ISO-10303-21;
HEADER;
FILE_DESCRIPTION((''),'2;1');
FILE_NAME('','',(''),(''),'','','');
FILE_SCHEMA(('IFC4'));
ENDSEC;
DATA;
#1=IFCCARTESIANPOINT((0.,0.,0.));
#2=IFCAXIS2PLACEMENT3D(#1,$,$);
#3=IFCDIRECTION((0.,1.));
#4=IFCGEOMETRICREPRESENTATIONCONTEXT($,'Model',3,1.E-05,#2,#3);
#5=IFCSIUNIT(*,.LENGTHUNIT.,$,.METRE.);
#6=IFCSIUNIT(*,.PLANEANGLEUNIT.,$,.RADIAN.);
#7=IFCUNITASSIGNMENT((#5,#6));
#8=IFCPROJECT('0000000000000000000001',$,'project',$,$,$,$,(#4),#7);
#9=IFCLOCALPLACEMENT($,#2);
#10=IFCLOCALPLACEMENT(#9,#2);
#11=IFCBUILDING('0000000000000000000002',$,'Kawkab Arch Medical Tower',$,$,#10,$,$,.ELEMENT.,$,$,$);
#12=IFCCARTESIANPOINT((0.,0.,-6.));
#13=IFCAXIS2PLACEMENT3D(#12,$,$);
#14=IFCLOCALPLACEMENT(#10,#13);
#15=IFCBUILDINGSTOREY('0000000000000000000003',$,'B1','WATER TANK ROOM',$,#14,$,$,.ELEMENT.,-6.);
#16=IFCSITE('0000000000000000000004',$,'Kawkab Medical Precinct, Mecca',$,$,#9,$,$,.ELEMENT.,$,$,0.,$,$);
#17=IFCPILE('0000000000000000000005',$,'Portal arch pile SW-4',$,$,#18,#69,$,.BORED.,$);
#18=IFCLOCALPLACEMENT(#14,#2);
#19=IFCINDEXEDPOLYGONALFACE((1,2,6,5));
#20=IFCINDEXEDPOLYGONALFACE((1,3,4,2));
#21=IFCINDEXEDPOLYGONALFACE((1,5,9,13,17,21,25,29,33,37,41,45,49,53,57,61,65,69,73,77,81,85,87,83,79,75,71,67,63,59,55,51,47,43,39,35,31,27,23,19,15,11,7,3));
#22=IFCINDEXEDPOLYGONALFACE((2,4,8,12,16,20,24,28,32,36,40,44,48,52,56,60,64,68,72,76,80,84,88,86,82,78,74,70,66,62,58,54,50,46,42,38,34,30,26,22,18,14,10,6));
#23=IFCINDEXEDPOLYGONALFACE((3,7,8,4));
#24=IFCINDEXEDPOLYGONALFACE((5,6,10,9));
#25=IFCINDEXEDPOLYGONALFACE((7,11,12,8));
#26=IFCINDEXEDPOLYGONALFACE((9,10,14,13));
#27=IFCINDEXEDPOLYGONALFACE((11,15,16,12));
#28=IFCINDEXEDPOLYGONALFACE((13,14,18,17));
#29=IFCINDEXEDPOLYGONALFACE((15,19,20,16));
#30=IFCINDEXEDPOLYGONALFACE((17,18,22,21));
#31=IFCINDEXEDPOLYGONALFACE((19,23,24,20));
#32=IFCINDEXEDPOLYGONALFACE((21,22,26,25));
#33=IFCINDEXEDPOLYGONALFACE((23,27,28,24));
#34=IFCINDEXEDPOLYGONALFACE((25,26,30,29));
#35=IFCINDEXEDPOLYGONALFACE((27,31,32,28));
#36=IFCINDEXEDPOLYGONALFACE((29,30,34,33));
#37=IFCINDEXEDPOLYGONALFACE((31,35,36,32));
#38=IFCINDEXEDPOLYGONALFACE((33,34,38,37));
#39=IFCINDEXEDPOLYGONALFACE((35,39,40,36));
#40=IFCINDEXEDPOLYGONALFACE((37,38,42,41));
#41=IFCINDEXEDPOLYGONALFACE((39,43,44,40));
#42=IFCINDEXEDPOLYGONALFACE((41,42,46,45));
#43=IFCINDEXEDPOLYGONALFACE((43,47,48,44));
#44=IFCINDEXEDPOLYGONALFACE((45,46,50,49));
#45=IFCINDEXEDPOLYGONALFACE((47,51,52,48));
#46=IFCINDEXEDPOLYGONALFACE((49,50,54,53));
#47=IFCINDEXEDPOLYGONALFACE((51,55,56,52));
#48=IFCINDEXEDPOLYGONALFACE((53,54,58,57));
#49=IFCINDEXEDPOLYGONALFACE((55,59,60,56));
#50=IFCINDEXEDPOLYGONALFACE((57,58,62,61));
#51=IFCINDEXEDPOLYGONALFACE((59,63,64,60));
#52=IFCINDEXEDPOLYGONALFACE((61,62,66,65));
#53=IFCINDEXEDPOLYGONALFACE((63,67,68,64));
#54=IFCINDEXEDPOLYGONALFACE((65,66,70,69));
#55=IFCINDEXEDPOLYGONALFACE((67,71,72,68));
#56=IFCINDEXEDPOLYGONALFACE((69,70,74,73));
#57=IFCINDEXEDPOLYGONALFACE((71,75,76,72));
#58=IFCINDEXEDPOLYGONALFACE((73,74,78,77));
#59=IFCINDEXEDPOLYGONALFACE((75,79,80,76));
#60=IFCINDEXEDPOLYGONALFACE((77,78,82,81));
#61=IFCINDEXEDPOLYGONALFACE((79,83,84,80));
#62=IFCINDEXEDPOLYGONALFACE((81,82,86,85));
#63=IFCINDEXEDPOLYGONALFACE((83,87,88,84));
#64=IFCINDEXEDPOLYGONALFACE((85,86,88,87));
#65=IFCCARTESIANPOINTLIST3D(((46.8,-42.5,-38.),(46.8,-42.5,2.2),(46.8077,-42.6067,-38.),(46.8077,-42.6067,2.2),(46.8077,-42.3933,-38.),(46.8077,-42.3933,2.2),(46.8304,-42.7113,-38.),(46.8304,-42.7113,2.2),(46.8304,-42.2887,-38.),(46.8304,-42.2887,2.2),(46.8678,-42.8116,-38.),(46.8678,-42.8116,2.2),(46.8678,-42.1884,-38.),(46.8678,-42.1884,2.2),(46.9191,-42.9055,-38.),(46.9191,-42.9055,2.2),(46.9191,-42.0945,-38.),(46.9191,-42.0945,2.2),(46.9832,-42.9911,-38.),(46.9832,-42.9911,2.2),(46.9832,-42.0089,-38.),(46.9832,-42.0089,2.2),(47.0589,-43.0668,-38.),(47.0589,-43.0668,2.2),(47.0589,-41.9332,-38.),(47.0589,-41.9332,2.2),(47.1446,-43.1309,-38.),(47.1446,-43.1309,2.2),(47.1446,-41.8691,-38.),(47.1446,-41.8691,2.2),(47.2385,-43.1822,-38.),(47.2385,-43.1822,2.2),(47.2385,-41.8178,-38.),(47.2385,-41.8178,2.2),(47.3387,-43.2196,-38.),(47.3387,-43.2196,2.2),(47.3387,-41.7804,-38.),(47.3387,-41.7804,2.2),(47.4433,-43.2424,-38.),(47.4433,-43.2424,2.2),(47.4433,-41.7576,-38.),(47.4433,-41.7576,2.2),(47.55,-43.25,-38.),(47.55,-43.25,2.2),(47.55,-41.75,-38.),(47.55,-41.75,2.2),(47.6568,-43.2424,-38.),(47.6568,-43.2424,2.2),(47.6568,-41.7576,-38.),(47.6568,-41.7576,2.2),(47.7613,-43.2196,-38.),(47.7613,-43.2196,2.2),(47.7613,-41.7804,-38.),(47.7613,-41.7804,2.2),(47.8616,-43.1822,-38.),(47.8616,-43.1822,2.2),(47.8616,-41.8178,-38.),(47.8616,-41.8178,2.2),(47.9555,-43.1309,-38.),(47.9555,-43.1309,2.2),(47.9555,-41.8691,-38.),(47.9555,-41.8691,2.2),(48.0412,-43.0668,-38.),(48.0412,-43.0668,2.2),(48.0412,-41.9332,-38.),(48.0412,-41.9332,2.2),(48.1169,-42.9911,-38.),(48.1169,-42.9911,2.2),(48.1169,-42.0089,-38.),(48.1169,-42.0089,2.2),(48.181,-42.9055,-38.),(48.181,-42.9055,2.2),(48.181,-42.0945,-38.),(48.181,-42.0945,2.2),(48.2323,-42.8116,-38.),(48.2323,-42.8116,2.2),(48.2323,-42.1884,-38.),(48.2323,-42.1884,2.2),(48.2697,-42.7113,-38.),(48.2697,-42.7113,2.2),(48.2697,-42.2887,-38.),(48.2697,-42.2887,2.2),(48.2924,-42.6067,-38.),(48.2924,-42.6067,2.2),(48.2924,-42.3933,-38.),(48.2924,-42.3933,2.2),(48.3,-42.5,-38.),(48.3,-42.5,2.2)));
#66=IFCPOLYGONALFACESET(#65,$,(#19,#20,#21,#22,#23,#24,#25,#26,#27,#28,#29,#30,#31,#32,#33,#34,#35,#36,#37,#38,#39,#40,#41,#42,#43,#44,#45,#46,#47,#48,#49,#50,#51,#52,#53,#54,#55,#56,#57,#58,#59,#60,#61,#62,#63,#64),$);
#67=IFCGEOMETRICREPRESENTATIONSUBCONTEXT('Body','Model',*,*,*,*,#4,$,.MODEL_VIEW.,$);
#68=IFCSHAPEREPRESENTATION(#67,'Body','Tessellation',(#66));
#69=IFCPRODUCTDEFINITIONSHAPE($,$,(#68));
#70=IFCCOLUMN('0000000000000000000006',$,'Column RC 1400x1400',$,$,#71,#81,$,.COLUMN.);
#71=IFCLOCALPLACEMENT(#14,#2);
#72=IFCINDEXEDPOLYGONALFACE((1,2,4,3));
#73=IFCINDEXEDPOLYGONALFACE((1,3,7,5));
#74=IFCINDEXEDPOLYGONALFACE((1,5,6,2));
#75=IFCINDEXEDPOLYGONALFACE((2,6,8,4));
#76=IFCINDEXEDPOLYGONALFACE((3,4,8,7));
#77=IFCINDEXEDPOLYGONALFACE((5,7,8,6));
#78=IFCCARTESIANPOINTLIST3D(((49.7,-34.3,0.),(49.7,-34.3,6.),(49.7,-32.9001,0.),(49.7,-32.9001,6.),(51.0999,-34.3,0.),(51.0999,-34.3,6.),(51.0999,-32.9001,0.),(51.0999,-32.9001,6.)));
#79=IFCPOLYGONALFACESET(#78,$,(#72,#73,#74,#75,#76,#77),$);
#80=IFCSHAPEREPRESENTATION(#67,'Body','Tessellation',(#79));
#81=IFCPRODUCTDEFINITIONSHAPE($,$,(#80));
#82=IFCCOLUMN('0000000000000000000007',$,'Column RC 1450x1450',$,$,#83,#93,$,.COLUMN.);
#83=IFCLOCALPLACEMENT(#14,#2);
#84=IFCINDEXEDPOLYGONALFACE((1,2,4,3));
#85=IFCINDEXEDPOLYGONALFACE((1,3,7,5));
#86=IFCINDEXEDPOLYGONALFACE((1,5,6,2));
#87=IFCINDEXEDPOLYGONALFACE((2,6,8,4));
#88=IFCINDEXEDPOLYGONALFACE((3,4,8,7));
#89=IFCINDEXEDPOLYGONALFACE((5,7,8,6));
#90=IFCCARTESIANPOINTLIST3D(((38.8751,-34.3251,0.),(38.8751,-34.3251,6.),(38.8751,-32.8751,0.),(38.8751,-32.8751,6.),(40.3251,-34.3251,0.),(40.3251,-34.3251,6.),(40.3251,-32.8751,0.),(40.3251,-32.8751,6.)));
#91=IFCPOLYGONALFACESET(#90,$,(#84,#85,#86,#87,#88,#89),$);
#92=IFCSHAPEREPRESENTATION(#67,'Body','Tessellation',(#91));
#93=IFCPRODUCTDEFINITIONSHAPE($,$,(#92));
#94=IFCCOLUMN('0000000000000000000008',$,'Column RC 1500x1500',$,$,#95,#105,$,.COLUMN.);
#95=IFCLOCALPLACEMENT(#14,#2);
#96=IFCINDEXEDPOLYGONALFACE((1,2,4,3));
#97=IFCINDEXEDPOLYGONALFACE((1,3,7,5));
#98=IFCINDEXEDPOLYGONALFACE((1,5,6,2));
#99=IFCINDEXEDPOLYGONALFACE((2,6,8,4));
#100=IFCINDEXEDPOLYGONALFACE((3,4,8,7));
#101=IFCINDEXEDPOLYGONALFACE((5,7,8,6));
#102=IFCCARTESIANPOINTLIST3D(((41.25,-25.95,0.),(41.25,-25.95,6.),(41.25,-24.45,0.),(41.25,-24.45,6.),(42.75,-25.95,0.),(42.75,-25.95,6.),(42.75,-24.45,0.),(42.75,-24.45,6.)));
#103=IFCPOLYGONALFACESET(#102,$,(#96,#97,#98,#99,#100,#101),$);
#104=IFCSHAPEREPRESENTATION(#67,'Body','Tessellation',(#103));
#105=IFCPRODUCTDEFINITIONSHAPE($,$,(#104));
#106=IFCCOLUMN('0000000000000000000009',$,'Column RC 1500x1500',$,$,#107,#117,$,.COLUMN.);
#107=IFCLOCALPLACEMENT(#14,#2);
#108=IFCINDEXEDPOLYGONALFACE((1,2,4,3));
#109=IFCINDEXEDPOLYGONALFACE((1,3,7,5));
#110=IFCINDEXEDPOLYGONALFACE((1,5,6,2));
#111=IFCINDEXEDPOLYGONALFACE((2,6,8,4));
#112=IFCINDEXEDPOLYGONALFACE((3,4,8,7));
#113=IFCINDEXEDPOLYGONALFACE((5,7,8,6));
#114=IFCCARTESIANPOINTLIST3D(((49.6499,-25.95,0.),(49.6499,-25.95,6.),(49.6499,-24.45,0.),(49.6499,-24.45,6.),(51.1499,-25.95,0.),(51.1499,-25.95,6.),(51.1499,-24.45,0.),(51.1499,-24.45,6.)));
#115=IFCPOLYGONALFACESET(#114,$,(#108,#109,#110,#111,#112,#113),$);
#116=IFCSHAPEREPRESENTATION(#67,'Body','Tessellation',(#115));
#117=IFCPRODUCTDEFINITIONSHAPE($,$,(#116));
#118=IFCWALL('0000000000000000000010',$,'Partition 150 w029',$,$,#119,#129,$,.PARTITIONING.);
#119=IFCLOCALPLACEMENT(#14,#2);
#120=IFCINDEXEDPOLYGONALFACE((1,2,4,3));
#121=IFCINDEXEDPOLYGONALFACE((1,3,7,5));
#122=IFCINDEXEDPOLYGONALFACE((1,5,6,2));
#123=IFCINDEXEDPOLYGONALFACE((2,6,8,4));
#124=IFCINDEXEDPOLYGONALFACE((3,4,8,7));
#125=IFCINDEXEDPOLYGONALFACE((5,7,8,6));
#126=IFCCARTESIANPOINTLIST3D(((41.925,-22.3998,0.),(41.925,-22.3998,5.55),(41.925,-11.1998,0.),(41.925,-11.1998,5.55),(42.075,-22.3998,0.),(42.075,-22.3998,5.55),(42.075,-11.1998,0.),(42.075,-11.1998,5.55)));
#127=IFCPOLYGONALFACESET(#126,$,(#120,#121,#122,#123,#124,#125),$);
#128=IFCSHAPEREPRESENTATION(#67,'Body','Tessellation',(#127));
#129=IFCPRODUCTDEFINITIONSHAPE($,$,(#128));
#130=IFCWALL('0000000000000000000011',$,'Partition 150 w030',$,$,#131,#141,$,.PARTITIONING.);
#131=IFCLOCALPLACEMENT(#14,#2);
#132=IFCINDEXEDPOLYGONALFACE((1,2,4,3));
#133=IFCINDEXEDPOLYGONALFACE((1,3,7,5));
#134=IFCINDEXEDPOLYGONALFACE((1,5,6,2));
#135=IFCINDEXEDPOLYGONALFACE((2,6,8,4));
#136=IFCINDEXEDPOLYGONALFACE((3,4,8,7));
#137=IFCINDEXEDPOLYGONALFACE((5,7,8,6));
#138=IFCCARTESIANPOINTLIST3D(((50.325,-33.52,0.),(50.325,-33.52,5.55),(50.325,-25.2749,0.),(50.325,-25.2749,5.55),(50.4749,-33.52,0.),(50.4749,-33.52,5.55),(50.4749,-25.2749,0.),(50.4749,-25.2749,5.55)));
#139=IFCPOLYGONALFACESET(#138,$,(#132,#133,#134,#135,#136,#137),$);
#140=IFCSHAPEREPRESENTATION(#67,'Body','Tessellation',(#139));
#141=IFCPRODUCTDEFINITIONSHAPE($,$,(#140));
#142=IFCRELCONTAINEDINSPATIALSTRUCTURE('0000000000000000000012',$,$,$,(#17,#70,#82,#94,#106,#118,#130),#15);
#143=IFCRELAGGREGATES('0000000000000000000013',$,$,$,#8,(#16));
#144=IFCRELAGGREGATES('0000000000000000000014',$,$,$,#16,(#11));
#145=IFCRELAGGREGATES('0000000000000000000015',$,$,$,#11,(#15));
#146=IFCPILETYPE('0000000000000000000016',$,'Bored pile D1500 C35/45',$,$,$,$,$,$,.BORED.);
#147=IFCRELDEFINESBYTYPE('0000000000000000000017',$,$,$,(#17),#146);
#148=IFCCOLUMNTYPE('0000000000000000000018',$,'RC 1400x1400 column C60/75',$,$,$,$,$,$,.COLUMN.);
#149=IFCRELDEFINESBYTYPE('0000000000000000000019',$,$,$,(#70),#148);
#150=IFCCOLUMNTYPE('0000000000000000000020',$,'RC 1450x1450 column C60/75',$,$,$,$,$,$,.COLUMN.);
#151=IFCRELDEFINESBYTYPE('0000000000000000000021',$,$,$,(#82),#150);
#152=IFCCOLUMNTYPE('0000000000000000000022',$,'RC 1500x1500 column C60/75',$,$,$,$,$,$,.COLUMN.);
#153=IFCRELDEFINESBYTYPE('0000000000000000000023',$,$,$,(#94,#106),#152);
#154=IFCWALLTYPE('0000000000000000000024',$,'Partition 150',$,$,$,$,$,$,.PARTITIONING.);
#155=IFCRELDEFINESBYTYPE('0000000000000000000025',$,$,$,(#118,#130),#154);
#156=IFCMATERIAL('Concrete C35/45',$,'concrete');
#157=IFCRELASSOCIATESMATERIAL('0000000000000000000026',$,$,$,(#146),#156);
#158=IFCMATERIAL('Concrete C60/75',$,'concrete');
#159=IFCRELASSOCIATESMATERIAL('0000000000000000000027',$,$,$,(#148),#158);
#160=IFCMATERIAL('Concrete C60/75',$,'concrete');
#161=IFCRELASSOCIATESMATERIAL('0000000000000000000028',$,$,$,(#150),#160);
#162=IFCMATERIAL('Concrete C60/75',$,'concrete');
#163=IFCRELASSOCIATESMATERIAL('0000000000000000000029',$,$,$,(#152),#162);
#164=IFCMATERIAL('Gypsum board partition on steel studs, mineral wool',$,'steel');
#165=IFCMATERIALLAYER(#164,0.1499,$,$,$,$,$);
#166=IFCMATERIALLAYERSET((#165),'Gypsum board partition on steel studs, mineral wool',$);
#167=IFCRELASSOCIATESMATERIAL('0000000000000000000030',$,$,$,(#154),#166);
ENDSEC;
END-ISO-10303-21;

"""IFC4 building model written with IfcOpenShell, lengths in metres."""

from ifc_helpers import new_model, si_unit, direction, frame, frame_2d, origin, origin_2d, place, context, subcontext, project, spatial, rectangle, circle, extrude, material, layer, layer_set, material_profile, profile_set, type_object, element, save


model = new_model("IFC4")

# Units and contexts
model_context = context("Model", 3, precision=1e-05, world=origin(), true_north=direction((0.0, 1.0)))
body_context = subcontext(model_context, "Body", "Model", "MODEL_VIEW")
ifc_project = project(units=[si_unit("LENGTHUNIT", "METRE"), si_unit("PLANEANGLEUNIT", "RADIAN")], contexts=[model_context])

# Site, building, storey
site_placement = place(None, origin())
site = spatial("IfcSite", under=ifc_project, at=site_placement, Name="Kawkab Medical Precinct, Mecca", CompositionType="ELEMENT", RefElevation=0.0)
building_placement = place(site_placement, origin())
building = spatial("IfcBuilding", under=site, at=building_placement, Name="Kawkab Arch Medical Tower", CompositionType="ELEMENT")
storey_placement = place(building_placement, frame((0.0, 0.0, -6.0)))
storey = spatial("IfcBuildingStorey", under=building, at=storey_placement, Name="B1", Description="WATER TANK ROOM", CompositionType="ELEMENT", Elevation=-6.0)

# Pile
ifc_material_1 = material(Name="Concrete C35/45", Category="concrete")
ifc_material_profile_1 = material_profile(ifc_material_1, circle(Radius=0.75, at=origin_2d()), Name="Bored pile D1500")
ifc_profile_set_1 = profile_set([ifc_material_profile_1], Name="Concrete C35/45")
pile_type_1 = type_object("IfcPileType", Name="Bored pile D1500 C35/45", PredefinedType="BORED", material=ifc_profile_set_1)
for number, where, z_axis, x_axis, name in (
    (1, (47.55, -42.5, 2.2), (0.0, 0.0, -1.0), (1.0, 0.0, 0.0), "Portal arch pile SW-4"),
):
    element("IfcPile", number, at=place(storey_placement, frame(where, z_axis=z_axis, x_axis=x_axis)), inside=storey, type_object=pile_type_1, Name=name, PredefinedType="BORED", context=body_context, shape_type="SweptSolid", body=[
        extrude(circle(Radius=0.75, at=origin_2d()), origin(), (0.0, 0.0, 1.0), 40.2),
    ])

# Columns
ifc_material_2 = material(Name="Concrete C60/75", Category="concrete")
ifc_material_profile_2 = material_profile(ifc_material_2, rectangle(XDim=1.3999, YDim=1.3999, at=origin_2d()), Name="RC 1400x1400")
ifc_profile_set_2 = profile_set([ifc_material_profile_2], Name="Concrete C60/75")
column_type_1 = type_object("IfcColumnType", Name="RC 1400x1400 column C60/75", PredefinedType="COLUMN", material=ifc_profile_set_2)
column_1_placement = place(storey_placement, frame((50.3999, -33.6001, 0.0), z_axis=(0.0, 0.0, 1.0), x_axis=(1.0, 0.0, 0.0)))
element("IfcColumn", 2, at=column_1_placement, inside=storey, type_object=column_type_1, Name="Column RC 1400x1400", PredefinedType="COLUMN", context=body_context, shape_type="SweptSolid", body=[
    extrude(rectangle(XDim=1.3999, YDim=1.3999, at=origin_2d()), origin(), (0.0, 0.0, 1.0), 6.0),
])
ifc_material_3 = material(Name="Concrete C60/75", Category="concrete")
ifc_material_profile_3 = material_profile(ifc_material_3, rectangle(XDim=1.45, YDim=1.45, at=origin_2d()), Name="RC 1450x1450")
ifc_profile_set_3 = profile_set([ifc_material_profile_3], Name="Concrete C60/75")
column_type_2 = type_object("IfcColumnType", Name="RC 1450x1450 column C60/75", PredefinedType="COLUMN", material=ifc_profile_set_3)
column_2_placement = place(storey_placement, frame((39.6001, -33.6001, 0.0), z_axis=(0.0, 0.0, 1.0), x_axis=(1.0, 0.0, 0.0)))
element("IfcColumn", 3, at=column_2_placement, inside=storey, type_object=column_type_2, Name="Column RC 1450x1450", PredefinedType="COLUMN", context=body_context, shape_type="SweptSolid", body=[
    extrude(rectangle(XDim=1.45, YDim=1.45, at=origin_2d()), origin(), (0.0, 0.0, 1.0), 6.0),
])
ifc_material_4 = material(Name="Concrete C60/75", Category="concrete")
ifc_material_profile_4 = material_profile(ifc_material_4, rectangle(XDim=1.5, YDim=1.5, at=origin_2d()), Name="RC 1500x1500")
ifc_profile_set_4 = profile_set([ifc_material_profile_4], Name="Concrete C60/75")
column_type_3 = type_object("IfcColumnType", Name="RC 1500x1500 column C60/75", PredefinedType="COLUMN", material=ifc_profile_set_4)
for number, where, z_axis, x_axis, name in (
    (4, (42.0, -25.2, 0.0), (0.0, 0.0, 1.0), (1.0, 0.0, 0.0), "Column RC 1500x1500"),
    (5, (50.3999, -25.2, 0.0), (0.0, 0.0, 1.0), (1.0, 0.0, 0.0), "Column RC 1500x1500"),
):
    element("IfcColumn", number, at=place(storey_placement, frame(where, z_axis=z_axis, x_axis=x_axis)), inside=storey, type_object=column_type_3, Name=name, PredefinedType="COLUMN", context=body_context, shape_type="SweptSolid", body=[
        extrude(rectangle(XDim=1.5, YDim=1.5, at=origin_2d()), origin(), (0.0, 0.0, 1.0), 6.0),
    ])

# Walls
ifc_material_5 = material(Name="Gypsum board partition on steel studs, mineral wool", Category="steel")
ifc_layer = layer(ifc_material_5, 0.1499)
ifc_layer_set = layer_set([ifc_layer], Name="Gypsum board partition on steel studs, mineral wool")
wall_type = type_object("IfcWallType", Name="Partition 150", PredefinedType="PARTITIONING", material=ifc_layer_set)
wall_1_placement = place(storey_placement, frame((42.0, -22.3999, 0.0), z_axis=(0.0, 0.0, 1.0), x_axis=(0.0, 1.0, 0.0)))
element("IfcWall", 6, at=wall_1_placement, inside=storey, type_object=wall_type, Name="Partition 150 w029", PredefinedType="PARTITIONING", context=body_context, shape_type="SweptSolid", body=[
    extrude(rectangle(XDim=11.2, YDim=0.1499, at=frame_2d((5.6001, 0.0))), origin(), (0.0, 0.0, 1.0), 5.55),
])
wall_2_placement = place(storey_placement, frame((50.3999, -33.52, 0.0), z_axis=(0.0, 0.0, 1.0), x_axis=(0.0, 1.0, 0.0)))
element("IfcWall", 7, at=wall_2_placement, inside=storey, type_object=wall_type, Name="Partition 150 w030", PredefinedType="PARTITIONING", context=body_context, shape_type="SweptSolid", body=[
    extrude(rectangle(XDim=8.2451, YDim=0.1499, at=frame_2d((4.1226, 0.0))), origin(), (0.0, 0.0, 1.0), 5.55),
])

save(model, "model.ifc")
